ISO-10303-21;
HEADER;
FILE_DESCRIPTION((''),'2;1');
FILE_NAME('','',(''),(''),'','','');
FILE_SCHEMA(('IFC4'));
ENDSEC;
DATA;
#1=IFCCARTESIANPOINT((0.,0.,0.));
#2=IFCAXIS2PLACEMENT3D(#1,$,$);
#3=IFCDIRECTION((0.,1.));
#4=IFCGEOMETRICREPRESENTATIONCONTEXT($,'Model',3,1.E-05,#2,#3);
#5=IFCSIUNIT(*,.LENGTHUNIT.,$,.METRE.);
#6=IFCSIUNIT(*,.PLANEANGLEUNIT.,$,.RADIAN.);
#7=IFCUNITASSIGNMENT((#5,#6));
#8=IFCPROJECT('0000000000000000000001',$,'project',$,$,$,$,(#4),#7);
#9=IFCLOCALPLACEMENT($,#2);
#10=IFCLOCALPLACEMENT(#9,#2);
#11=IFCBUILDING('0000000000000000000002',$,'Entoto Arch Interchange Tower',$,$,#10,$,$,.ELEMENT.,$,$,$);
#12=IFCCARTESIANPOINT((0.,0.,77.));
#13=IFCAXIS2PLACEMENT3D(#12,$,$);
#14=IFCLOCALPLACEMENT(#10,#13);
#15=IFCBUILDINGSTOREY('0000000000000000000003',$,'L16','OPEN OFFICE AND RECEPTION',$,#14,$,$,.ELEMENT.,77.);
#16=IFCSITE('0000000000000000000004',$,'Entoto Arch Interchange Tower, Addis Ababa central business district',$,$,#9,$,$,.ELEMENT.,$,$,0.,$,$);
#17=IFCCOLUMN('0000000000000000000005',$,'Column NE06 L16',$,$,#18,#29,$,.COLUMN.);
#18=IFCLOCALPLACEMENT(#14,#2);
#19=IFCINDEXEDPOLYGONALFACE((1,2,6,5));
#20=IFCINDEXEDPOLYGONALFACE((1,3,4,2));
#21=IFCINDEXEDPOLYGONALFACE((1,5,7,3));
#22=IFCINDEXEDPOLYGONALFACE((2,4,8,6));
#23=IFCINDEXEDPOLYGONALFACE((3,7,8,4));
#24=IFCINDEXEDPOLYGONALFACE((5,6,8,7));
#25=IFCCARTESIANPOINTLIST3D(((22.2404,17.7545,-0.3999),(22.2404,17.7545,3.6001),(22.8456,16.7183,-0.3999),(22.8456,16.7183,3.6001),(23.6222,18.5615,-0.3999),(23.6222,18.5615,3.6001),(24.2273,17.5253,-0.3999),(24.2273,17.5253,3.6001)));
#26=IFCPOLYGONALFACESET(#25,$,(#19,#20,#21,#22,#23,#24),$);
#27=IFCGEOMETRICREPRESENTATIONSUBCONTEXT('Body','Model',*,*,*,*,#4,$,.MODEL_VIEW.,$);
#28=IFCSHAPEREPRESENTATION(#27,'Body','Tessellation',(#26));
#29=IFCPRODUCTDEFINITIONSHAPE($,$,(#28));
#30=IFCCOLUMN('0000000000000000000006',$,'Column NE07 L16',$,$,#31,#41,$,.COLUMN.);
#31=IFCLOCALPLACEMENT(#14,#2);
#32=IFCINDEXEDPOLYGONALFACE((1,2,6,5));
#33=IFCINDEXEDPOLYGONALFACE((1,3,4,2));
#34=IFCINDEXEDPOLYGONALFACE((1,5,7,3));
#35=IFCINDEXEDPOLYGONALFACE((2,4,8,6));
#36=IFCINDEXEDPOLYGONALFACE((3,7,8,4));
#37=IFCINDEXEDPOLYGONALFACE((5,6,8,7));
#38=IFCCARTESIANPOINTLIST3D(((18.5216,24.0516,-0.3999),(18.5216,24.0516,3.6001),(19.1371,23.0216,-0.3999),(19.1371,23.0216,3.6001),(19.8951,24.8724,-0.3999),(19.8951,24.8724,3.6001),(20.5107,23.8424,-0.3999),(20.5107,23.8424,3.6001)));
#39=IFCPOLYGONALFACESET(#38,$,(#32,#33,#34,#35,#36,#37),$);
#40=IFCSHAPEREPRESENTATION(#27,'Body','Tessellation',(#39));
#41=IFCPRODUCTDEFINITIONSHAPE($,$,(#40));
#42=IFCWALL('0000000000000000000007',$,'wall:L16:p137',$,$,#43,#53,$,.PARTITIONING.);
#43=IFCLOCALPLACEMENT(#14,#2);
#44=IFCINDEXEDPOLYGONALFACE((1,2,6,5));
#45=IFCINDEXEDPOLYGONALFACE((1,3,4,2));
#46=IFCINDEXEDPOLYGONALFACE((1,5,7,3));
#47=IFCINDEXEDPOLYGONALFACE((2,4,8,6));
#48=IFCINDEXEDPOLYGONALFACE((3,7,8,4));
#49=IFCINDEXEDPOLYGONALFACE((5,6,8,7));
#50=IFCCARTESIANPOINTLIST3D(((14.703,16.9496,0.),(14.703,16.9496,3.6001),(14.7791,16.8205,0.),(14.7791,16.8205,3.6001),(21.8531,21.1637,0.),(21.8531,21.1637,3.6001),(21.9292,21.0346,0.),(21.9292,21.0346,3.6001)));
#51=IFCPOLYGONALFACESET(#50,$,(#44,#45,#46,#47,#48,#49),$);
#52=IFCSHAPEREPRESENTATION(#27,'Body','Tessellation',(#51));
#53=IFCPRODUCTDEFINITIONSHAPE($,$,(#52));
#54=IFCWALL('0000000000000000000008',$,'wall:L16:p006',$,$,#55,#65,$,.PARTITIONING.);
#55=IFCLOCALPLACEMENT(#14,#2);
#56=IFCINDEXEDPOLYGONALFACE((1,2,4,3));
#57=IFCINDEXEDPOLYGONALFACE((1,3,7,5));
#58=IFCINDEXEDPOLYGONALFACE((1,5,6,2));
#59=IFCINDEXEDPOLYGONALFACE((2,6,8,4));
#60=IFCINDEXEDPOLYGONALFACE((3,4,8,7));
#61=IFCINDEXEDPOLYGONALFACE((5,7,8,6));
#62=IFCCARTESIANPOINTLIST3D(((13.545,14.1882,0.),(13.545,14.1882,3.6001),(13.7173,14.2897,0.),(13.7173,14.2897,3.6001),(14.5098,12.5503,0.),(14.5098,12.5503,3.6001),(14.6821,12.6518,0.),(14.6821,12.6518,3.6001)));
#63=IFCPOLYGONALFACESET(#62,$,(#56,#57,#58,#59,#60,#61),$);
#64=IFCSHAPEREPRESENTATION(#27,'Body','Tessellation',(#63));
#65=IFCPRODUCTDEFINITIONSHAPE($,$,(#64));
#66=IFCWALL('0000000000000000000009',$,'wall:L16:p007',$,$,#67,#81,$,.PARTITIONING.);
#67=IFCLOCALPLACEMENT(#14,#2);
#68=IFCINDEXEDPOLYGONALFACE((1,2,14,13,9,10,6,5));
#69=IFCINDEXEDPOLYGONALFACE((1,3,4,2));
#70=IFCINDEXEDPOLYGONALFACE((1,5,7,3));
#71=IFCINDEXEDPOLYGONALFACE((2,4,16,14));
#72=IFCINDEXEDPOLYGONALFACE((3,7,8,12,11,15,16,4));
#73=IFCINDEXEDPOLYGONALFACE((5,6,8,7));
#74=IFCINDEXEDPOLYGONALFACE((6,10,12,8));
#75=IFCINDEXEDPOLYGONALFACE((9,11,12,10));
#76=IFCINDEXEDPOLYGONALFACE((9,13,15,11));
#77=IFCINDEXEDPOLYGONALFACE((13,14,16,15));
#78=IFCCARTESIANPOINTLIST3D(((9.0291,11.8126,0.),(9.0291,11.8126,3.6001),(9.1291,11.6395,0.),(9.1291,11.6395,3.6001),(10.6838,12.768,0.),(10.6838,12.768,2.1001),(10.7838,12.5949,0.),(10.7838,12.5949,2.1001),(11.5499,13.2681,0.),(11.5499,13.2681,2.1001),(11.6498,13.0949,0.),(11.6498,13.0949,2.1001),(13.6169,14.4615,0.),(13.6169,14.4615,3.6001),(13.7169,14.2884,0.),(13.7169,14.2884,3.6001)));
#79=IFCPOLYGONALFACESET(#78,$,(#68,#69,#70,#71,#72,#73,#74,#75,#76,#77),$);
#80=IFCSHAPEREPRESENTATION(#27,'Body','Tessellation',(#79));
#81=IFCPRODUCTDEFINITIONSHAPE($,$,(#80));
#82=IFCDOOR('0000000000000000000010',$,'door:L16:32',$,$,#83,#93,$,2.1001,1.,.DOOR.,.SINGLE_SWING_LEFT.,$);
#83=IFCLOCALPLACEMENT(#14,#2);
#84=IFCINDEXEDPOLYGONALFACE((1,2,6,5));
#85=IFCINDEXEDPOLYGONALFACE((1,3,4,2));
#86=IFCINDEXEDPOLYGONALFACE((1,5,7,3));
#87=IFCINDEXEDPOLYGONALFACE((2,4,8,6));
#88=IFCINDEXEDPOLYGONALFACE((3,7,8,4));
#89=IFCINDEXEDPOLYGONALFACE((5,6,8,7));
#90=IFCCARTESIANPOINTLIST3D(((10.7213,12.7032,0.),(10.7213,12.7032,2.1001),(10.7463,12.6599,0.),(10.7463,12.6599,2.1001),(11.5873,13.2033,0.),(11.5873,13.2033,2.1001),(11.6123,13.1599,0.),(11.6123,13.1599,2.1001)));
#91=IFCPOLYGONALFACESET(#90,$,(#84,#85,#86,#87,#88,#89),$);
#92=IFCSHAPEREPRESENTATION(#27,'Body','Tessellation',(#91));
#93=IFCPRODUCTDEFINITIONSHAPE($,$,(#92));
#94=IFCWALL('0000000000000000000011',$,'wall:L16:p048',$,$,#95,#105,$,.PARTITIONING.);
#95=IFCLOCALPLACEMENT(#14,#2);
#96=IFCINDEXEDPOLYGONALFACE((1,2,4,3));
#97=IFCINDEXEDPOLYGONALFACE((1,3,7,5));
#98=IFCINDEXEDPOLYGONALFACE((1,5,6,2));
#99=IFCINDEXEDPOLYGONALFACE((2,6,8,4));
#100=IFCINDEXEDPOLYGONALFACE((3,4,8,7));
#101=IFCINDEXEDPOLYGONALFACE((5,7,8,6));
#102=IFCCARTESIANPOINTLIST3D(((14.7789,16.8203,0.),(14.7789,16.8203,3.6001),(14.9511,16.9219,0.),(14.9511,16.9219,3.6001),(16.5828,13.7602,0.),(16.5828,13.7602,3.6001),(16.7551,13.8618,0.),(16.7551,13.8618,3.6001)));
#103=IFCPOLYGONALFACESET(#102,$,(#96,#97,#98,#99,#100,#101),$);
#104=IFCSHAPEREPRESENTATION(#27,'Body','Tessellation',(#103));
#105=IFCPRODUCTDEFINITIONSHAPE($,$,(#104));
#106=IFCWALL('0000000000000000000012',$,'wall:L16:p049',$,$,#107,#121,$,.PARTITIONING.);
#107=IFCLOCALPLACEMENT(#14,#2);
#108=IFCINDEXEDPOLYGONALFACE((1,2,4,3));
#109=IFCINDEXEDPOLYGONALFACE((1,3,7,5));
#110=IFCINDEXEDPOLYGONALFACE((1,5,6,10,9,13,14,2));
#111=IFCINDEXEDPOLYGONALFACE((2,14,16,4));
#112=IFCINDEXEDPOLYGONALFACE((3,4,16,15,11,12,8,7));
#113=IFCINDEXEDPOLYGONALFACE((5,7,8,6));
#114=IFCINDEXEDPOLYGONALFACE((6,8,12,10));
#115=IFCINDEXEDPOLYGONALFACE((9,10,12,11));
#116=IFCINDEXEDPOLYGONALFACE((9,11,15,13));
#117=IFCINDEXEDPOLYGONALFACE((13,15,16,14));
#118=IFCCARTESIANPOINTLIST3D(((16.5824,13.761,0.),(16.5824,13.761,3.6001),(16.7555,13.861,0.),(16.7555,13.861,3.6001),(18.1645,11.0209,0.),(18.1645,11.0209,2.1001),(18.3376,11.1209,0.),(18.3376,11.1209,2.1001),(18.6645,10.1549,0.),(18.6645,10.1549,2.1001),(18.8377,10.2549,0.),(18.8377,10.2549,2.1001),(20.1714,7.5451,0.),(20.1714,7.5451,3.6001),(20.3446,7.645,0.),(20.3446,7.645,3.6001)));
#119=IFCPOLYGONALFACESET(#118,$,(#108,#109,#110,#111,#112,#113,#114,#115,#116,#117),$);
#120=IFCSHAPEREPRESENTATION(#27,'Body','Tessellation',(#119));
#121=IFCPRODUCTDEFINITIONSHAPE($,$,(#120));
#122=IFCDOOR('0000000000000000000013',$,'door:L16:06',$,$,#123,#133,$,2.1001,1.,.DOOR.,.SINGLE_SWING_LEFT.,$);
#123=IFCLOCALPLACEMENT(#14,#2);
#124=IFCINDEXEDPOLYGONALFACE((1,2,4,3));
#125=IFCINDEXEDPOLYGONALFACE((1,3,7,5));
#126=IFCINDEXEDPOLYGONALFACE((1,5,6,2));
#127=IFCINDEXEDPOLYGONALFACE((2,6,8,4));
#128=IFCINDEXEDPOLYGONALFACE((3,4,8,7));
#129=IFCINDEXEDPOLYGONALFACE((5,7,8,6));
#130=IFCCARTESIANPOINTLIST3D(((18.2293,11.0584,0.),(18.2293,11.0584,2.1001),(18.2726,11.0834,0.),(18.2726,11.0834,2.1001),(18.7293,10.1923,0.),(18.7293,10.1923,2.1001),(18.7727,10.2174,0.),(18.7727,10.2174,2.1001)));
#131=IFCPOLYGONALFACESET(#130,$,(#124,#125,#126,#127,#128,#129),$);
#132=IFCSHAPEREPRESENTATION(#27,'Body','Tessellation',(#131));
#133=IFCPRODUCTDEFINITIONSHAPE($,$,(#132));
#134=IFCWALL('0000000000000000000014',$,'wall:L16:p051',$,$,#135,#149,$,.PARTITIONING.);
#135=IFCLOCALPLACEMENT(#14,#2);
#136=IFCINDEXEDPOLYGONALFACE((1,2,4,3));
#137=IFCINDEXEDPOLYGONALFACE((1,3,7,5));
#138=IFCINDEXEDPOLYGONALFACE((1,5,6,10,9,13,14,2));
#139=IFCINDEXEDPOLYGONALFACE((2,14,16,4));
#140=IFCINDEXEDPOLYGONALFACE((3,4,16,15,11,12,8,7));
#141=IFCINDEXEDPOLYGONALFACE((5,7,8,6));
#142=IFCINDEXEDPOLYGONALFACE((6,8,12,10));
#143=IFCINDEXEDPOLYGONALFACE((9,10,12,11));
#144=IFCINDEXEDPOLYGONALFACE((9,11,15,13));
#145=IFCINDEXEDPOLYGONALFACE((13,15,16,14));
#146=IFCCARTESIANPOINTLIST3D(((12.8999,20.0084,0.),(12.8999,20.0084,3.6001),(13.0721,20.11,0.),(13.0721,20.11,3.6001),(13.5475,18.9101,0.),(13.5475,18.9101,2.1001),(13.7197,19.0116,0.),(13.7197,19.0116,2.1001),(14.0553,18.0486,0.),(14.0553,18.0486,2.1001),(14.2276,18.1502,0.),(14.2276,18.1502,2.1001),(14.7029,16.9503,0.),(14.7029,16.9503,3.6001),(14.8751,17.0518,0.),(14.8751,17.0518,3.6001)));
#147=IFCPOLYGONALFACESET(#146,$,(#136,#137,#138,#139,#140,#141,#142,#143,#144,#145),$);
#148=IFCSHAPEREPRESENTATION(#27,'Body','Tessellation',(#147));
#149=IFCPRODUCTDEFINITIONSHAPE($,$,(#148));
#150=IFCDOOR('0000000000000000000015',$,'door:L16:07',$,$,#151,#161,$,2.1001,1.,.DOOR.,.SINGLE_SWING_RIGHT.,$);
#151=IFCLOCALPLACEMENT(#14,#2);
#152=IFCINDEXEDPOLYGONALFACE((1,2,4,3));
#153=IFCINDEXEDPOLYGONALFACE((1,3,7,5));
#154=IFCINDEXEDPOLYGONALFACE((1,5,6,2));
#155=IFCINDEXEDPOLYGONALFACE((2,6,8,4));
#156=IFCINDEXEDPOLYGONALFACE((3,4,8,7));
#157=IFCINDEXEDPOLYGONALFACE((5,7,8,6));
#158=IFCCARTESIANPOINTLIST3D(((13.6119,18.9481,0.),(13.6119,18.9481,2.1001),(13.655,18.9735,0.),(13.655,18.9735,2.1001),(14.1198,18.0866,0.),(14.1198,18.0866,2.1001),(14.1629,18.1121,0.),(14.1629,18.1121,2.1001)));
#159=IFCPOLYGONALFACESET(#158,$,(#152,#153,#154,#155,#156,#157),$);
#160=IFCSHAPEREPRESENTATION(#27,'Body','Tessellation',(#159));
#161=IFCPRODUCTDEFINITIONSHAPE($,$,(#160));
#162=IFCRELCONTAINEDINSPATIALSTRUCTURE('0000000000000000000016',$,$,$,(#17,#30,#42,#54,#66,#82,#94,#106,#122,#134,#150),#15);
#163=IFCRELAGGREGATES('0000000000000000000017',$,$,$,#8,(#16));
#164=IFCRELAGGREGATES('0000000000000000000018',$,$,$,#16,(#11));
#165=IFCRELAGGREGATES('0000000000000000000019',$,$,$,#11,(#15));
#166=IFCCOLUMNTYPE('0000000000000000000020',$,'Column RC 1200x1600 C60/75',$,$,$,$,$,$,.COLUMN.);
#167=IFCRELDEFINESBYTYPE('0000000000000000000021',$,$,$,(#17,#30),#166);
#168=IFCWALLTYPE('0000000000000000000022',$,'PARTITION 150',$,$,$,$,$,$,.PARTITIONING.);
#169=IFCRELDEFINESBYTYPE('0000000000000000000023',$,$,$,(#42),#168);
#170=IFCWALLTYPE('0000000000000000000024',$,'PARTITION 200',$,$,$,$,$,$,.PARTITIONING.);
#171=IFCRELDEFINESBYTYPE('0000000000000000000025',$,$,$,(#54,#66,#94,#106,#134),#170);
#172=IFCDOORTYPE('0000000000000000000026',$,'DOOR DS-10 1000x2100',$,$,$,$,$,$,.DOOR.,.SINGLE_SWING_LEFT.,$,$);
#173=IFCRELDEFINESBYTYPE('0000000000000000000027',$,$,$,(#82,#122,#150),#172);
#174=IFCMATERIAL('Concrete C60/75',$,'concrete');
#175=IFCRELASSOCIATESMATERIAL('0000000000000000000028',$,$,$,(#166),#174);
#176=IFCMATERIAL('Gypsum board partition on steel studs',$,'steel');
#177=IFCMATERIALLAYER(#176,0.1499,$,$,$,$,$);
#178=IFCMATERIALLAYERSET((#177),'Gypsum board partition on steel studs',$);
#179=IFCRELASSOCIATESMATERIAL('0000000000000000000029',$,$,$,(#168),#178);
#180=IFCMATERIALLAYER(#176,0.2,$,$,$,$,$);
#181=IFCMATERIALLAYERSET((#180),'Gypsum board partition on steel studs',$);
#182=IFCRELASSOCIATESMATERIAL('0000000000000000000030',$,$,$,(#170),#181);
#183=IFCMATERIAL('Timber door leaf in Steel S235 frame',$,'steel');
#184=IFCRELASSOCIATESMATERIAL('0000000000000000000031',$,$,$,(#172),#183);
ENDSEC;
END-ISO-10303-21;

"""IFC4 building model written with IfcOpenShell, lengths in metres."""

from ifc_helpers import new_model, si_unit, direction, frame, frame_2d, origin, origin_2d, place, context, subcontext, project, spatial, rectangle, extrude, material, layer, layer_set, material_profile, profile_set, type_object, element, fill, save


model = new_model("IFC4")

# Units and contexts
model_context = context("Model", 3, precision=1e-05, world=origin(), true_north=direction((0.0, 1.0)))
body_context = subcontext(model_context, "Body", "Model", "MODEL_VIEW")
ifc_project = project(units=[si_unit("LENGTHUNIT", "METRE"), si_unit("PLANEANGLEUNIT", "RADIAN")], contexts=[model_context])

# Site, building, storey
site_placement = place(None, origin())
site = spatial("IfcSite", under=ifc_project, at=site_placement, Name="Entoto Arch Interchange Tower, Addis Ababa central business district", CompositionType="ELEMENT", RefElevation=0.0)
building_placement = place(site_placement, origin())
building = spatial("IfcBuilding", under=site, at=building_placement, Name="Entoto Arch Interchange Tower", CompositionType="ELEMENT")
storey_placement = place(building_placement, frame((0.0, 0.0, 77.0)))
storey = spatial("IfcBuildingStorey", under=building, at=storey_placement, Name="L16", Description="OPEN OFFICE AND RECEPTION", CompositionType="ELEMENT", Elevation=77.0)

# Columns
ifc_material_1 = material(Name="Concrete C60/75", Category="concrete")
ifc_material_profile = material_profile(ifc_material_1, rectangle(XDim=1.2, YDim=1.6001, at=origin_2d()))
ifc_profile_set = profile_set([ifc_material_profile], Name="Concrete C60/75")
column_type = type_object("IfcColumnType", Name="Column RC 1200x1600 C60/75", PredefinedType="COLUMN", material=ifc_profile_set)
for number, where, z_axis, x_axis, name in (
    (1, (23.2339, 17.6399, -0.3999), (0.0, 0.0, 1.0), (-0.504332, 0.86351, 0.0), "Column NE06 L16"),
    (2, (19.5161, 23.947, -0.3999), (0.0, 0.0, 1.0), (-0.512972, 0.858405, 0.0), "Column NE07 L16"),
):
    element("IfcColumn", number, at=place(storey_placement, frame(where, z_axis=z_axis, x_axis=x_axis)), inside=storey, type_object=column_type, Name=name, PredefinedType="COLUMN", context=body_context, shape_type="SweptSolid", body=[
        extrude(rectangle(XDim=1.2, YDim=1.6001, at=origin_2d()), origin(), (0.0, 0.0, 1.0), 4.0),
    ])

# Walls
ifc_material_2 = material(Name="Gypsum board partition on steel studs", Category="steel")
ifc_layer_1 = layer(ifc_material_2, 0.1499)
ifc_layer_set_1 = layer_set([ifc_layer_1], Name="Gypsum board partition on steel studs")
wall_type_1 = type_object("IfcWallType", Name="PARTITION 150", PredefinedType="PARTITIONING", material=ifc_layer_set_1)
wall_1_placement = place(storey_placement, frame((14.741, 16.885, 0.0), z_axis=(0.0, 0.0, 1.0), x_axis=(0.861505, 0.507749, 0.0)))
element("IfcWall", 3, at=wall_1_placement, inside=storey, type_object=wall_type_1, Name="wall:L16:p137", PredefinedType="PARTITIONING", context=body_context, shape_type="SweptSolid", body=[
    extrude(rectangle(XDim=8.2996, YDim=0.1499, at=frame_2d((4.1499, 0.0))), origin(), (0.0, 0.0, 1.0), 3.6001),
])
ifc_layer_2 = layer(ifc_material_2, 0.2)
ifc_layer_set_2 = layer_set([ifc_layer_2], Name="Gypsum board partition on steel studs")
wall_type_2 = type_object("IfcWallType", Name="PARTITION 200", PredefinedType="PARTITIONING", material=ifc_layer_set_2)
wall_2_placement = place(storey_placement, frame((14.5959, 12.6011, 0.0), z_axis=(0.0, 0.0, 1.0), x_axis=(-0.507548, 0.861624, 0.0)))
element("IfcWall", 4, at=wall_2_placement, inside=storey, type_object=wall_type_2, Name="wall:L16:p006", PredefinedType="PARTITIONING", context=body_context, shape_type="SweptSolid", body=[
    extrude(rectangle(XDim=1.9009, YDim=0.2, at=frame_2d((0.9504, 0.0))), origin(), (0.0, 0.0, 1.0), 3.6001),
])

# Wall, opening, door
wall_3_placement = place(storey_placement, frame((13.667, 14.375, 0.0), z_axis=(0.0, 0.0, 1.0), x_axis=(-0.866017, -0.500015, 0.0)))
wall_3 = element("IfcWall", 5, at=wall_3_placement, inside=storey, type_object=wall_type_2, Name="wall:L16:p007", PredefinedType="PARTITIONING", context=body_context, shape_type="SweptSolid", body=[
    extrude(rectangle(XDim=5.2976, YDim=0.2, at=frame_2d((2.6489, 0.0))), origin(), (0.0, 0.0, 1.0), 3.6001),
])
opening_1_placement = place(wall_3_placement, frame((2.387, 0.0, 0.0)))
opening_1 = element("IfcOpeningElement", 6, at=opening_1_placement, cuts=wall_3, PredefinedType="OPENING", context=body_context, shape_type="SweptSolid", body=[
    extrude(rectangle(XDim=1.0, YDim=2.1001, at=frame_2d((0.5, 1.05))), frame((0.0, 0.1099, 0.0), z_axis=(0.0, -1.0, 0.0), x_axis=(1.0, 0.0, 0.0)), (0.0, 0.0, 1.0), 0.22),
])
ifc_material_3 = material(Name="Timber door leaf in Steel S235 frame", Category="steel")
door_type = type_object("IfcDoorType", Name="DOOR DS-10 1000x2100", OperationType="SINGLE_SWING_LEFT", PredefinedType="DOOR", material=ifc_material_3)
door_1_placement = place(opening_1_placement, origin())
door_1 = element("IfcDoor", 7, at=door_1_placement, inside=storey, type_object=door_type, Name="door:L16:32", OperationType="SINGLE_SWING_LEFT", OverallHeight=2.1001, OverallWidth=1.0, PredefinedType="DOOR", context=body_context, shape_type="SweptSolid", body=[
    extrude(rectangle(XDim=1.0, YDim=2.1001, at=frame_2d((0.5, 1.05))), frame((0.0, 0.0249, 0.0), z_axis=(0.0, -1.0, 0.0), x_axis=(1.0, 0.0, 0.0)), (0.0, 0.0, 1.0), 0.05),
])
fill(opening_1, door_1)

# Wall
wall_4_placement = place(storey_placement, frame((14.865, 16.8711, 0.0), z_axis=(0.0, 0.0, 1.0), x_axis=(0.50784, -0.861451, 0.0)))
element("IfcWall", 8, at=wall_4_placement, inside=storey, type_object=wall_type_2, Name="wall:L16:p048", PredefinedType="PARTITIONING", context=body_context, shape_type="SweptSolid", body=[
    extrude(rectangle(XDim=3.5522, YDim=0.2, at=frame_2d((1.7761, 0.0))), origin(), (0.0, 0.0, 1.0), 3.6001),
])

# Walls, openings, doors
wall_5_placement = place(storey_placement, frame((16.6689, 13.811, 0.0), z_axis=(0.0, 0.0, 1.0), x_axis=(0.500028, -0.866009, 0.0)))
wall_5 = element("IfcWall", 9, at=wall_5_placement, inside=storey, type_object=wall_type_2, Name="wall:L16:p049", PredefinedType="PARTITIONING", context=body_context, shape_type="SweptSolid", body=[
    extrude(rectangle(XDim=7.1777, YDim=0.2, at=frame_2d((3.5889, 0.0))), origin(), (0.0, 0.0, 1.0), 3.6001),
])
opening_2_placement = place(wall_5_placement, frame((3.1641, 0.0, 0.0)))
opening_2 = element("IfcOpeningElement", 10, at=opening_2_placement, cuts=wall_5, PredefinedType="OPENING", context=body_context, shape_type="SweptSolid", body=[
    extrude(rectangle(XDim=1.0, YDim=2.1001, at=frame_2d((0.5, 1.05))), frame((0.0, 0.1099, 0.0), z_axis=(0.0, -1.0, 0.0), x_axis=(1.0, 0.0, 0.0)), (0.0, 0.0, 1.0), 0.22),
])
door_2_placement = place(opening_2_placement, origin())
door_2 = element("IfcDoor", 11, at=door_2_placement, inside=storey, type_object=door_type, Name="door:L16:06", OperationType="SINGLE_SWING_LEFT", OverallHeight=2.1001, OverallWidth=1.0, PredefinedType="DOOR", context=body_context, shape_type="SweptSolid", body=[
    extrude(rectangle(XDim=1.0, YDim=2.1001, at=frame_2d((0.5, 1.05))), frame((0.0, 0.0249, 0.0), z_axis=(0.0, -1.0, 0.0), x_axis=(1.0, 0.0, 0.0)), (0.0, 0.0, 1.0), 0.05),
])
fill(opening_2, door_2)
wall_6_placement = place(storey_placement, frame((12.9861, 20.0591, 0.0), z_axis=(0.0, 0.0, 1.0), x_axis=(0.507876, -0.86143, 0.0)))
wall_6 = element("IfcWall", 12, at=wall_6_placement, inside=storey, type_object=wall_type_2, Name="wall:L16:p051", PredefinedType="PARTITIONING", context=body_context, shape_type="SweptSolid", body=[
    extrude(rectangle(XDim=3.55, YDim=0.2, at=frame_2d((1.7749, 0.0))), origin(), (0.0, 0.0, 1.0), 3.6001),
])
opening_3_placement = place(wall_6_placement, frame((1.2749, 0.0, 0.0)))
opening_3 = element("IfcOpeningElement", 13, at=opening_3_placement, cuts=wall_6, PredefinedType="OPENING", context=body_context, shape_type="SweptSolid", body=[
    extrude(rectangle(XDim=1.0, YDim=2.1001, at=frame_2d((0.5, 1.05))), frame((0.0, 0.1099, 0.0), z_axis=(0.0, -1.0, 0.0), x_axis=(1.0, 0.0, 0.0)), (0.0, 0.0, 1.0), 0.22),
])
door_3_placement = place(opening_3_placement, origin())
door_3 = element("IfcDoor", 14, at=door_3_placement, inside=storey, type_object=door_type, Name="door:L16:07", OperationType="SINGLE_SWING_RIGHT", OverallHeight=2.1001, OverallWidth=1.0, PredefinedType="DOOR", context=body_context, shape_type="SweptSolid", body=[
    extrude(rectangle(XDim=1.0, YDim=2.1001, at=frame_2d((0.5, 1.05))), frame((0.0, 0.0249, 0.0), z_axis=(0.0, -1.0, 0.0), x_axis=(1.0, 0.0, 0.0)), (0.0, 0.0, 1.0), 0.05),
])
fill(opening_3, door_3)

save(model, "model.ifc")
